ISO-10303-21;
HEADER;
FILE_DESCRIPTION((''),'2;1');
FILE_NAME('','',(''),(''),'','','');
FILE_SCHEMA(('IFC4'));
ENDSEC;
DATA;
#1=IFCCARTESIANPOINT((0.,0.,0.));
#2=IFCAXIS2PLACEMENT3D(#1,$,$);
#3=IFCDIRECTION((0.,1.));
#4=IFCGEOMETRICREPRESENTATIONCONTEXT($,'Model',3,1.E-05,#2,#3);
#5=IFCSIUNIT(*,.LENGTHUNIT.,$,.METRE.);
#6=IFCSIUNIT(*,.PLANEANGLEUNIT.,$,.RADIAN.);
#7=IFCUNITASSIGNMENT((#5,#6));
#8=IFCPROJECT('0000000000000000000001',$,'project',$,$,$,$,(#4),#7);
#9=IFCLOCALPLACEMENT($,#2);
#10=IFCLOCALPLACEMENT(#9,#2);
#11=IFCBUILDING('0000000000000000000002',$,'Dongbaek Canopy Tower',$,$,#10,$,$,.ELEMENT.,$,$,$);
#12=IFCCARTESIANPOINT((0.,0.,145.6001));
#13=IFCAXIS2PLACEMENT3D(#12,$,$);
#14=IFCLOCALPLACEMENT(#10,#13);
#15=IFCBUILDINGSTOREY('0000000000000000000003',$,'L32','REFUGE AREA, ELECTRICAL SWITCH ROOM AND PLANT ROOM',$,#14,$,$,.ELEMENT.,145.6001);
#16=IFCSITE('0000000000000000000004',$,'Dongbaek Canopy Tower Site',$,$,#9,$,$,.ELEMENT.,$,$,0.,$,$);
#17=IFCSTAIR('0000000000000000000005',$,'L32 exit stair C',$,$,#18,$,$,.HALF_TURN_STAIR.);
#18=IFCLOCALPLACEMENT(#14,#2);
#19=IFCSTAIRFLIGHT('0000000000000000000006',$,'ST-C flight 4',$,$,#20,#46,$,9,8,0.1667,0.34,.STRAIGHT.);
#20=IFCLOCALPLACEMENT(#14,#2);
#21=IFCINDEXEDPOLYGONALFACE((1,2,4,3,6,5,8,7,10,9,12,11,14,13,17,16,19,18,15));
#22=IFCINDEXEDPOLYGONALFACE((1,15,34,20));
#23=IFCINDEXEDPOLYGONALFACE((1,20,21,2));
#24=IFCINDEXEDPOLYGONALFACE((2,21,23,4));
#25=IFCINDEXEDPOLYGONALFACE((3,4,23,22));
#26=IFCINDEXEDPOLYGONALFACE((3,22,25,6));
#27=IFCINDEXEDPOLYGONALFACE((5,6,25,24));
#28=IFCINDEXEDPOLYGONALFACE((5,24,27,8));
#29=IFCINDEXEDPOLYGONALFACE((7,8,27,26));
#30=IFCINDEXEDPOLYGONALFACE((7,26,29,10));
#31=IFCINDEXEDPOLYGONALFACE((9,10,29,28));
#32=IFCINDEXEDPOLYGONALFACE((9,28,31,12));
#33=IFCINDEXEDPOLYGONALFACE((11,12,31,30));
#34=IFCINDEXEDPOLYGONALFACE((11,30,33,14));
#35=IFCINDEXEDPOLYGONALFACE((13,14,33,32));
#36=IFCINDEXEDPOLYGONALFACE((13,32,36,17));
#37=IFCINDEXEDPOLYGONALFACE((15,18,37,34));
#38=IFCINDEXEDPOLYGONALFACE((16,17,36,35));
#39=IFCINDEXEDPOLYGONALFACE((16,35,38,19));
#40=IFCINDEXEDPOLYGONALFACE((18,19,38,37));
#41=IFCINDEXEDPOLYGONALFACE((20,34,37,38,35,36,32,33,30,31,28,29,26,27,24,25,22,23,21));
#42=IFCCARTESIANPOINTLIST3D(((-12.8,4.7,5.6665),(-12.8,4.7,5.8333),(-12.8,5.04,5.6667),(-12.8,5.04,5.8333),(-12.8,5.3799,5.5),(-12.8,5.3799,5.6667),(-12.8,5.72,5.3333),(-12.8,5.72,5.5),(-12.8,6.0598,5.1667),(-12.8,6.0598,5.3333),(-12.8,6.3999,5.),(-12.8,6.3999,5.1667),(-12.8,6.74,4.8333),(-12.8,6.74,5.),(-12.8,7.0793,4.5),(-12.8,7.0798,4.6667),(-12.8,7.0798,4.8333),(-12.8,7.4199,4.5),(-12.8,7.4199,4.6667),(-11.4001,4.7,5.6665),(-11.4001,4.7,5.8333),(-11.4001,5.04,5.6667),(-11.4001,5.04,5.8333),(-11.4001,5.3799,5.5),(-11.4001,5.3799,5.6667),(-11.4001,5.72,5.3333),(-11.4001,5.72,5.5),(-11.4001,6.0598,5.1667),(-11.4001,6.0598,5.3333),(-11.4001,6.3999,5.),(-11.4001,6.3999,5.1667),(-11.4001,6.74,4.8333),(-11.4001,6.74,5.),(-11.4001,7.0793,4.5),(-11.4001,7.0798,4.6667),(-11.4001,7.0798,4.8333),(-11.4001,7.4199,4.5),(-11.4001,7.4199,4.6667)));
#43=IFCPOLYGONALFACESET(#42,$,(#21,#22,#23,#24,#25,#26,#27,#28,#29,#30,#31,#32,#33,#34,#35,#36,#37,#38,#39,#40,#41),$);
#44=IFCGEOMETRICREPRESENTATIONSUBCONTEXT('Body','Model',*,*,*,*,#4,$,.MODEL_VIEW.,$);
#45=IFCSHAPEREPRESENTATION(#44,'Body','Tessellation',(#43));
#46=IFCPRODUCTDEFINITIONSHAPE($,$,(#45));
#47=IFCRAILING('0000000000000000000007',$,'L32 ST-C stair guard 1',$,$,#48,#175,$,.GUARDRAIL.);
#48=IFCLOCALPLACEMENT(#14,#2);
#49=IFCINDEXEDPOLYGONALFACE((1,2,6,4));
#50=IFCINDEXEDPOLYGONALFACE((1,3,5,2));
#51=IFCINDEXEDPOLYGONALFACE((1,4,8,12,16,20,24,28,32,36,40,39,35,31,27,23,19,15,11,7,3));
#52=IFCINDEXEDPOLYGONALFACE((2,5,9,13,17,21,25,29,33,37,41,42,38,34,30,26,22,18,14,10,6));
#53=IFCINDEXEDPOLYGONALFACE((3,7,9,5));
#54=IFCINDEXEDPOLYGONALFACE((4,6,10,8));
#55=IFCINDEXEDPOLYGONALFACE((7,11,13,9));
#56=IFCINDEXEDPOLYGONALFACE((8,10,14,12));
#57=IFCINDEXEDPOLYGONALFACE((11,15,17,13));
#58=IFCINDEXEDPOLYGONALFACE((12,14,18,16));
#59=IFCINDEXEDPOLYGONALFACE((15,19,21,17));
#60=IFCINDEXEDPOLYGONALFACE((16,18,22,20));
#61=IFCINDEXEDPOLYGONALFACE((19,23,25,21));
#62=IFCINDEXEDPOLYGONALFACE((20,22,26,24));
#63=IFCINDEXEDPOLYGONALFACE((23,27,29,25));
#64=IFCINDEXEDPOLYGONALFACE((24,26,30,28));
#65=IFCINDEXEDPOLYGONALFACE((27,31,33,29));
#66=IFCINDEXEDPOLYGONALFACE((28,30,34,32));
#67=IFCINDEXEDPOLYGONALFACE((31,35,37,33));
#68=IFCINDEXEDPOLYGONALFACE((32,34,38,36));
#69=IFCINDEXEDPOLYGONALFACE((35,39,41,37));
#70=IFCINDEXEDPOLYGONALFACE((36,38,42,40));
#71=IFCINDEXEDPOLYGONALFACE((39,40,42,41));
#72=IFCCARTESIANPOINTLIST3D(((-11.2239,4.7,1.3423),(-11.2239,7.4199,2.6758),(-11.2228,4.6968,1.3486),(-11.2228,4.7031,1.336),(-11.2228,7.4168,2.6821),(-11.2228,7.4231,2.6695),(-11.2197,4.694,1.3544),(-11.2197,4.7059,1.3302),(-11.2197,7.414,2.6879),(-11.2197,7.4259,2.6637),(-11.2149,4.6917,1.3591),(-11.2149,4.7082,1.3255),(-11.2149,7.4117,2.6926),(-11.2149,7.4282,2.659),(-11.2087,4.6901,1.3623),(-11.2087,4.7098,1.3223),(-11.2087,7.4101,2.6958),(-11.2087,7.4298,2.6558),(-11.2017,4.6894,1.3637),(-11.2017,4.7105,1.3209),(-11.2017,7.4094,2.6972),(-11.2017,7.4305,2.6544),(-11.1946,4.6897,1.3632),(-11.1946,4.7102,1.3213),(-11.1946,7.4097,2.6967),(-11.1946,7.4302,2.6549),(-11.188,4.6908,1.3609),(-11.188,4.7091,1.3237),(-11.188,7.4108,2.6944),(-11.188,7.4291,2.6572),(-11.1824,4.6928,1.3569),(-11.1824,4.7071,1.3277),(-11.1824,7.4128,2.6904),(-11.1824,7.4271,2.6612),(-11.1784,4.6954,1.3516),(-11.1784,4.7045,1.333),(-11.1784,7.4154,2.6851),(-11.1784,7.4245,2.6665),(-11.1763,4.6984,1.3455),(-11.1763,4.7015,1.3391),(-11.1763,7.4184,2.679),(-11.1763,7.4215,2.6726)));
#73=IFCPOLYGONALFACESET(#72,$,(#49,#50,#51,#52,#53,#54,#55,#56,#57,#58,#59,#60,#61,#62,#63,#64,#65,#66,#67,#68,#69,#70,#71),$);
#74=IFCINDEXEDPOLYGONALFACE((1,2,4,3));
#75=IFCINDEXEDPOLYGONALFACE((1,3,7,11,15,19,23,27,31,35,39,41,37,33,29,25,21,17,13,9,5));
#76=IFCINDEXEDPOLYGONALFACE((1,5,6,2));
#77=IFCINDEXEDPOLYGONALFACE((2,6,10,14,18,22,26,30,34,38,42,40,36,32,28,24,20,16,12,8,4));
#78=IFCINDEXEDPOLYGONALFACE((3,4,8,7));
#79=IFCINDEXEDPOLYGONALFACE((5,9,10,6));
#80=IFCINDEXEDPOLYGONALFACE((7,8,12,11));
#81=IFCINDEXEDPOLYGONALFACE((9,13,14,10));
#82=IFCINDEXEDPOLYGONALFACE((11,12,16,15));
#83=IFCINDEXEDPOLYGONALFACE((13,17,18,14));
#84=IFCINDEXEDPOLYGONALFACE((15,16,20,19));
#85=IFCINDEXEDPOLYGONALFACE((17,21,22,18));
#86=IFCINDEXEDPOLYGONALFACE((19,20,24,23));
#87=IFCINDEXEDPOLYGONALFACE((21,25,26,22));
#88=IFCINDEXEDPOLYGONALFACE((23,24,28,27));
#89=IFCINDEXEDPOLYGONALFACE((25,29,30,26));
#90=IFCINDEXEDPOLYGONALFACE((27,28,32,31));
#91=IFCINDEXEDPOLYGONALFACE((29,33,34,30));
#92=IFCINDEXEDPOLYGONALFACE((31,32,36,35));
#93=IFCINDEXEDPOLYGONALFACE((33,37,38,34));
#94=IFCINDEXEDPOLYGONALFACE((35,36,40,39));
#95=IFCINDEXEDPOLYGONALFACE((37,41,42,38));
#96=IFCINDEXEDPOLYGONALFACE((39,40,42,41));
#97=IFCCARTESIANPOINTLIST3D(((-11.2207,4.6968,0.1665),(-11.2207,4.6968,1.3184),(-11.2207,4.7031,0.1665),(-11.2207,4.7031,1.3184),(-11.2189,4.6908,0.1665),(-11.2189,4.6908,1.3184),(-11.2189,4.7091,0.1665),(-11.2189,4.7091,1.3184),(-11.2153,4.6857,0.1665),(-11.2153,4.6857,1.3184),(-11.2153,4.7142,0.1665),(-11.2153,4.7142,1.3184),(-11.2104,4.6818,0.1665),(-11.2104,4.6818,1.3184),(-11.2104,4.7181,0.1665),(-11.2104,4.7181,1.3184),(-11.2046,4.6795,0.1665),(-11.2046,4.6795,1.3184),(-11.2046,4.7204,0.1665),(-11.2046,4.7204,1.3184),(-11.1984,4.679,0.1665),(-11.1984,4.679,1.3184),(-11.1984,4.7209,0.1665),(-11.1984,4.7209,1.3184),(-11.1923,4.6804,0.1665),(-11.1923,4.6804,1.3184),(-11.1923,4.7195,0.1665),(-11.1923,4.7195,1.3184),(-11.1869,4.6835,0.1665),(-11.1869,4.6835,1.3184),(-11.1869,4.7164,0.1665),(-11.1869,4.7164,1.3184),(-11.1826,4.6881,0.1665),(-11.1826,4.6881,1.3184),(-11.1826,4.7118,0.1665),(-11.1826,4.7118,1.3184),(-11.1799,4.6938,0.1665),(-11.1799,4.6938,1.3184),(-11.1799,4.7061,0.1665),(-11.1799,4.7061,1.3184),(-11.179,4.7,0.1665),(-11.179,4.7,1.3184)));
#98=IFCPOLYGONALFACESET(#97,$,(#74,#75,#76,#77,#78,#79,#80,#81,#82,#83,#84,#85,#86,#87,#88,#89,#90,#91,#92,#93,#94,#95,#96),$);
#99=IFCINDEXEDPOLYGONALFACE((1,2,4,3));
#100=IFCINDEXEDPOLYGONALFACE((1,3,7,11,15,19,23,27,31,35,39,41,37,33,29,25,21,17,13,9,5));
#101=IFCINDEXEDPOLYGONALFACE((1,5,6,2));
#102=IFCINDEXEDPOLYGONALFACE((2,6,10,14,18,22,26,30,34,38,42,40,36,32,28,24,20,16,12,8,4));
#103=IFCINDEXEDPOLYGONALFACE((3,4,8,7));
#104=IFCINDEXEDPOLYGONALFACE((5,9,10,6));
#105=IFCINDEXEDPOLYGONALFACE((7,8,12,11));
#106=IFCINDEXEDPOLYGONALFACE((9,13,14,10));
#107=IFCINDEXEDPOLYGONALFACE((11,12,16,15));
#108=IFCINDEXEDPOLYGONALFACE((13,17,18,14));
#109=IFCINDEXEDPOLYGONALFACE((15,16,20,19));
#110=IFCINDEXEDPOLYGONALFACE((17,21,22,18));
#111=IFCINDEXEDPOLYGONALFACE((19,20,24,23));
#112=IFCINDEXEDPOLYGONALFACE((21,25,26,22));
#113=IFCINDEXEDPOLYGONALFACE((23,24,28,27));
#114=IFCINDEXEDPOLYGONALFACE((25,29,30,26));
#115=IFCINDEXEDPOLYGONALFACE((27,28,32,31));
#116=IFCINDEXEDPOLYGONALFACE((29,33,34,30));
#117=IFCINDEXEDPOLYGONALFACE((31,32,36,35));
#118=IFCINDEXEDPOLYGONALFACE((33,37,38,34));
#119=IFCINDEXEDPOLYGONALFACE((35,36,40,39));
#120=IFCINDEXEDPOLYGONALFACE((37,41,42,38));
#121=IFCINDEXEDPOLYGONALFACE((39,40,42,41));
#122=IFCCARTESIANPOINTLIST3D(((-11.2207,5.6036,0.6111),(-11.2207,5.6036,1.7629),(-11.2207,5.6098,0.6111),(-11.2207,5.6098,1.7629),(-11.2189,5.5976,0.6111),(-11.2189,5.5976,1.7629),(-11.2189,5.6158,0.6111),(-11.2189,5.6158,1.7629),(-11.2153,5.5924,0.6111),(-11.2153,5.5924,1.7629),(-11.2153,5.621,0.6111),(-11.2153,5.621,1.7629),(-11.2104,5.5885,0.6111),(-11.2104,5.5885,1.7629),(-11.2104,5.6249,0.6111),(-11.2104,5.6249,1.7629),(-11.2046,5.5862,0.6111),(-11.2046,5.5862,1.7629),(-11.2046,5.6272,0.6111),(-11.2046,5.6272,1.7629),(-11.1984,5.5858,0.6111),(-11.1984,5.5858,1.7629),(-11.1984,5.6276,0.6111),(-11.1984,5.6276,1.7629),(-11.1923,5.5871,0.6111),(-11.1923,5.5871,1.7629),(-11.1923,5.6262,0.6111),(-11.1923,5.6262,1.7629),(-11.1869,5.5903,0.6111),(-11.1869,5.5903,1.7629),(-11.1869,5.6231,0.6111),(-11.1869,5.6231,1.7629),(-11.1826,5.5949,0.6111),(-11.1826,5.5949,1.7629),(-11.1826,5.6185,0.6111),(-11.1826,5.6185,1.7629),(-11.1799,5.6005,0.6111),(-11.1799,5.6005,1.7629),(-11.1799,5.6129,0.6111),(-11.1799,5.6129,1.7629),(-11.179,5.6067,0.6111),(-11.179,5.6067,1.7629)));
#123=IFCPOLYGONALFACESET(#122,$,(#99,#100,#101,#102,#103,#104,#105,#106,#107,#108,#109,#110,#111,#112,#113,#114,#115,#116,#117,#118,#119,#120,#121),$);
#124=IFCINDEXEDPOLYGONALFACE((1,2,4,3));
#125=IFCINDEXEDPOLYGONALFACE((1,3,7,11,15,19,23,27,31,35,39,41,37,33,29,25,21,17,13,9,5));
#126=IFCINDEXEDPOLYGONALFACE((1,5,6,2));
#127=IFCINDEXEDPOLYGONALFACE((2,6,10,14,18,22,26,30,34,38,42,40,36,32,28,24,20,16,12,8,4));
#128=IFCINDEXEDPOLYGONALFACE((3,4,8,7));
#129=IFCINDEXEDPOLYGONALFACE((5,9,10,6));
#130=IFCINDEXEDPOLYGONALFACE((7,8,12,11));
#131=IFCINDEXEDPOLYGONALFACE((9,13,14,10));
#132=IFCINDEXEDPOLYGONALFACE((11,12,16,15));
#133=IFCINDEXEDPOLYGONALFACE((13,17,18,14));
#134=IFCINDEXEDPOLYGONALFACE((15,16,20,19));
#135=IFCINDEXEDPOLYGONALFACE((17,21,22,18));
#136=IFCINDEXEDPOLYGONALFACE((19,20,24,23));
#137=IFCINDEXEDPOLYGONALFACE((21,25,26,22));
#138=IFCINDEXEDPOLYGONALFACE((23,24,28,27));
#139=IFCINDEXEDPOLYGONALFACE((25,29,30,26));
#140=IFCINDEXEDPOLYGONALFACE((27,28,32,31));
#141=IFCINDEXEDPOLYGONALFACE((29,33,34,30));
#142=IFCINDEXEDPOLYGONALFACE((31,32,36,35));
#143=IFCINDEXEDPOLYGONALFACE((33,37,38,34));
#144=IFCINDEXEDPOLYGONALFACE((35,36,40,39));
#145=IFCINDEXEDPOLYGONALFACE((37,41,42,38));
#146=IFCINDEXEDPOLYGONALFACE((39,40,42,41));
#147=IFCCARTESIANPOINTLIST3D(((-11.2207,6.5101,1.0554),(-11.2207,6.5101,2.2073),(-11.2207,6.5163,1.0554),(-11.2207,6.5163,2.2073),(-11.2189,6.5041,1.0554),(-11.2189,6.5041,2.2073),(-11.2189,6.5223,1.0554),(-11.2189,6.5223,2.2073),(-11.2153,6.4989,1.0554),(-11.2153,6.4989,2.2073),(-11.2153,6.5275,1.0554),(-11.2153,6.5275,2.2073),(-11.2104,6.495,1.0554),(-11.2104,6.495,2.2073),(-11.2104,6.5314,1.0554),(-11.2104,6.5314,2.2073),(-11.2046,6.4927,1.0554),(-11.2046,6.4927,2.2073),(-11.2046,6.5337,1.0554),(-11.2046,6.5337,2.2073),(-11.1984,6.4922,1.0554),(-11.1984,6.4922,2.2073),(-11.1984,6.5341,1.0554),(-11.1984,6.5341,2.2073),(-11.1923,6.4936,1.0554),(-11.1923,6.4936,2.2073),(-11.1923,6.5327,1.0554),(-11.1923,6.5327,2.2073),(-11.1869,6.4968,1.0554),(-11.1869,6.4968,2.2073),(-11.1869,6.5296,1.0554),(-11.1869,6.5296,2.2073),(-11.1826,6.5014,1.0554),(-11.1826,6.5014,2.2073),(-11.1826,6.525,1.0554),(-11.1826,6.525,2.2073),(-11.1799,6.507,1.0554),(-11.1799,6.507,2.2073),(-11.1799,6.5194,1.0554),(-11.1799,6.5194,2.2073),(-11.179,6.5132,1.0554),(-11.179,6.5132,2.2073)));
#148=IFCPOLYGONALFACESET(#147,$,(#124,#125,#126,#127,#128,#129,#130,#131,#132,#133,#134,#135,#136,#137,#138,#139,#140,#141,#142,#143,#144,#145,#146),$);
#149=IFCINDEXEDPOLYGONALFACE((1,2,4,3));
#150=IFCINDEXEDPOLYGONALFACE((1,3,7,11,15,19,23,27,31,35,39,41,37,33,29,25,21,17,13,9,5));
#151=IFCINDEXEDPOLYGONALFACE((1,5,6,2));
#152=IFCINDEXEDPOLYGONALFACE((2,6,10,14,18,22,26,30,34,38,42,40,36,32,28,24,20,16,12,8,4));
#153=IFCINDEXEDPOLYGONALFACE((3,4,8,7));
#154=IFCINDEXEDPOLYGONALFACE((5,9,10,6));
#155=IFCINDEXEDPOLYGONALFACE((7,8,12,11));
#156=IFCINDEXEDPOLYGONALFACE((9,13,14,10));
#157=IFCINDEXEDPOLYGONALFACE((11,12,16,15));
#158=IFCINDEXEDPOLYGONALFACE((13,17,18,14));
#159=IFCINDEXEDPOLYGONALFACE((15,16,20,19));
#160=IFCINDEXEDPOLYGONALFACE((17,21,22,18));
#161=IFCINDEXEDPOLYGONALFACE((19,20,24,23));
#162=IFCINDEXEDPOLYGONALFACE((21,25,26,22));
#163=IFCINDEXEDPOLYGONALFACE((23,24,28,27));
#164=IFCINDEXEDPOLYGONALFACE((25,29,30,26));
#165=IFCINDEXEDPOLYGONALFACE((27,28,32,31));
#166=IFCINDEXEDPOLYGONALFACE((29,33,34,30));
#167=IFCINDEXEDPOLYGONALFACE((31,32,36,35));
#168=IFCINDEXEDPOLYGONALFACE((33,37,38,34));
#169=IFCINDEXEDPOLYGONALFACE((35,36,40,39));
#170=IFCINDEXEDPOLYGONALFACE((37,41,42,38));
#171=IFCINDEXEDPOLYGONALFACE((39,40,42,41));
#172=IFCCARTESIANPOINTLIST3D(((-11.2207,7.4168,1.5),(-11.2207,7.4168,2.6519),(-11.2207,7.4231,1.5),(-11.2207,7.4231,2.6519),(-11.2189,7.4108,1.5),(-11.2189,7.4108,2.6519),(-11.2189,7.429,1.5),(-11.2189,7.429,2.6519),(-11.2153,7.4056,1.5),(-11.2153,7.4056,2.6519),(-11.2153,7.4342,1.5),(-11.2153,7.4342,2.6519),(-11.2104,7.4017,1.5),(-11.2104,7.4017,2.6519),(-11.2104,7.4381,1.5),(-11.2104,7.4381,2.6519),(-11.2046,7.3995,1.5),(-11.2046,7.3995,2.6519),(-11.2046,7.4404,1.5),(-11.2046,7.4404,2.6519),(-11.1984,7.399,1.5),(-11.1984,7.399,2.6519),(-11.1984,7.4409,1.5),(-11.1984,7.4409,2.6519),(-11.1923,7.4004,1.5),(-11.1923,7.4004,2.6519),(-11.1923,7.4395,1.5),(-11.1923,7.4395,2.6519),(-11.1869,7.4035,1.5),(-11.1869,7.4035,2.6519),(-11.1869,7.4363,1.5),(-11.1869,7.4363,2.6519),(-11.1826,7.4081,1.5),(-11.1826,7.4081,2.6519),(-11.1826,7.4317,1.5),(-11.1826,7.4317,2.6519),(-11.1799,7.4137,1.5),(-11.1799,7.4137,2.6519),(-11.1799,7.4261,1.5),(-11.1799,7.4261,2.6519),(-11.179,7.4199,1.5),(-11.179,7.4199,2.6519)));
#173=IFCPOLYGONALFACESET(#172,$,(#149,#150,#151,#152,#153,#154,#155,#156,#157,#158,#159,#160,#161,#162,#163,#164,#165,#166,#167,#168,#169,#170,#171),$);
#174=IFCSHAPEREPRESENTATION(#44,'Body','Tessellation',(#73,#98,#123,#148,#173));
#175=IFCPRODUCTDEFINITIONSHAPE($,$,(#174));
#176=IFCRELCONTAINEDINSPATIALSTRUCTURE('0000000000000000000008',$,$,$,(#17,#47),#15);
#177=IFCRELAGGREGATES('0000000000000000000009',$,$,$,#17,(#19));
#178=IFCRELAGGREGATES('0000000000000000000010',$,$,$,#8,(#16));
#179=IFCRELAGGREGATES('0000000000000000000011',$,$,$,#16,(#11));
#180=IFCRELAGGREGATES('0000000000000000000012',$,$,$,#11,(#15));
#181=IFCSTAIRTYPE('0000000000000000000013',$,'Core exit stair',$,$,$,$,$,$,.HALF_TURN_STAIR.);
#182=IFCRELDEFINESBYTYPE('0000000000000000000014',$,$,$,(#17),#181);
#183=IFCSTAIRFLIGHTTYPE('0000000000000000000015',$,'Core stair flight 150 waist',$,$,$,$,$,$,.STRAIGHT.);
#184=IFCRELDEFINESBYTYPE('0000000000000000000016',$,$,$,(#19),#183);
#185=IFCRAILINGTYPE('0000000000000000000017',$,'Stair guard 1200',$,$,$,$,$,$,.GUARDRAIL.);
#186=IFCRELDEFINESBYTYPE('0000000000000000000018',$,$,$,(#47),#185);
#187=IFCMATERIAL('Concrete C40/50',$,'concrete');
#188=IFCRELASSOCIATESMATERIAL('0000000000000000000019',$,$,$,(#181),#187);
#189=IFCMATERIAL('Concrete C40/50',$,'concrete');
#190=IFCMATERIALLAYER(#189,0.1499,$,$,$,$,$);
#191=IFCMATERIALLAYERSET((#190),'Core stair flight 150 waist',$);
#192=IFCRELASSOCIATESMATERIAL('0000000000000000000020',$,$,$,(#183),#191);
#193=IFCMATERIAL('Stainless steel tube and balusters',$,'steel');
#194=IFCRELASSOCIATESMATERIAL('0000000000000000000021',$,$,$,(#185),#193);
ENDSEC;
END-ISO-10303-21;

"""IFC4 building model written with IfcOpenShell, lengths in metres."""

from ifc_helpers import new_model, si_unit, direction, frame, origin, origin_2d, place, context, subcontext, project, spatial, polyline, circle, outline, extrude, material, layer, layer_set, type_object, element, aggregate, save


model = new_model("IFC4")

# Units and contexts
model_context = context("Model", 3, precision=1e-05, world=origin(), true_north=direction((0.0, 1.0)))
body_context = subcontext(model_context, "Body", "Model", "MODEL_VIEW")
ifc_project = project(units=[si_unit("LENGTHUNIT", "METRE"), si_unit("PLANEANGLEUNIT", "RADIAN")], contexts=[model_context])

# Site, building, storey
site_placement = place(None, origin())
site = spatial("IfcSite", under=ifc_project, at=site_placement, Name="Dongbaek Canopy Tower Site", CompositionType="ELEMENT", RefElevation=0.0)
building_placement = place(site_placement, origin())
building = spatial("IfcBuilding", under=site, at=building_placement, Name="Dongbaek Canopy Tower", CompositionType="ELEMENT")
storey_placement = place(building_placement, frame((0.0, 0.0, 145.6001)))
storey = spatial("IfcBuildingStorey", under=building, at=storey_placement, Name="L32", Description="REFUGE AREA, ELECTRICAL SWITCH ROOM AND PLANT ROOM", CompositionType="ELEMENT", Elevation=145.6001)

# Stair, stair flight
ifc_material_1 = material(Name="Concrete C40/50", Category="concrete")
stair_type = type_object("IfcStairType", Name="Core exit stair", PredefinedType="HALF_TURN_STAIR", material=ifc_material_1)
stair_placement = place(storey_placement, origin())
stair = element("IfcStair", 1, at=stair_placement, inside=storey, type_object=stair_type, Name="L32 exit stair C", PredefinedType="HALF_TURN_STAIR")
ifc_material_2 = material(Name="Concrete C40/50", Category="concrete")
ifc_layer_1 = layer(ifc_material_2, 0.1499)
ifc_layer_set_1 = layer_set([ifc_layer_1], Name="Core stair flight 150 waist")
stair_flight_type = type_object("IfcStairFlightType", Name="Core stair flight 150 waist", PredefinedType="STRAIGHT", material=ifc_layer_set_1)
stair_flight_1_placement = place(storey_placement, frame((-12.1001, 7.4199, 4.5), z_axis=(0.0, 0.0, 1.0), x_axis=(0.0, -1.0, 0.0)))
stair_flight_1 = element("IfcStairFlight", 2, at=stair_flight_1_placement, type_object=stair_flight_type, Name="ST-C flight 4", NumberOfRisers=9, NumberOfTreads=8, PredefinedType="STRAIGHT", RiserHeight=0.1667, TreadLength=0.34, context=body_context, shape_type="SweptSolid", body=[
    extrude(outline(polyline([(0.0, 0.0), (0.0, 0.1667), (0.3401, 0.1667), (0.3401, 0.3333), (0.6799, 0.3333), (0.6799, 0.5), (1.02, 0.5), (1.02, 0.6667), (1.3601, 0.6667), (1.3601, 0.8333), (1.7, 0.8333), (1.7, 1.0), (2.04, 1.0), (2.04, 1.1667), (2.3799, 1.1667), (2.3799, 1.3333), (2.72, 1.3333), (2.72, 1.5), (2.72, 1.1665), (0.3406, 0.0), (0.0, 0.0)])), frame((0.0, 0.7, 0.0), z_axis=(0.0, -1.0, 0.0), x_axis=(1.0, 0.0, 0.0)), (0.0, 0.0, 1.0), 1.3999),
])
aggregate(stair, [stair_flight_1])

# Railing
ifc_material_3 = material(Name="Stainless steel tube and balusters", Category="steel")
railing_type_1 = type_object("IfcRailingType", Name="Stair guard 1200", PredefinedType="GUARDRAIL", material=ifc_material_3)
railing_1_placement = place(storey_placement, frame((-11.2, 4.7, 0.1665)))
element("IfcRailing", 3, at=railing_1_placement, inside=storey, type_object=railing_type_1, Name="L32 ST-C stair guard 1", PredefinedType="GUARDRAIL", context=body_context, shape_type="SweptSolid", body=[
    extrude(circle(Radius=0.0239, at=origin_2d()), frame((0.0, 0.0, 1.1758), z_axis=(0.0, 0.897898, 0.440204), x_axis=(-1.0, 0.0, 0.0)), (0.0, 0.0, 1.0), 3.0293),
    extrude(circle(Radius=0.021, at=origin_2d()), origin(), (0.0, 0.0, 1.0), 1.1519),
    extrude(circle(Radius=0.021, at=origin_2d()), frame((0.0, 0.9067, 0.4446)), (0.0, 0.0, 1.0), 1.1519),
    extrude(circle(Radius=0.021, at=origin_2d()), frame((0.0, 1.8132, 0.8889)), (0.0, 0.0, 1.0), 1.1519),
    extrude(circle(Radius=0.021, at=origin_2d()), frame((0.0, 2.72, 1.3335)), (0.0, 0.0, 1.0), 1.1519),
])

save(model, "model.ifc")
